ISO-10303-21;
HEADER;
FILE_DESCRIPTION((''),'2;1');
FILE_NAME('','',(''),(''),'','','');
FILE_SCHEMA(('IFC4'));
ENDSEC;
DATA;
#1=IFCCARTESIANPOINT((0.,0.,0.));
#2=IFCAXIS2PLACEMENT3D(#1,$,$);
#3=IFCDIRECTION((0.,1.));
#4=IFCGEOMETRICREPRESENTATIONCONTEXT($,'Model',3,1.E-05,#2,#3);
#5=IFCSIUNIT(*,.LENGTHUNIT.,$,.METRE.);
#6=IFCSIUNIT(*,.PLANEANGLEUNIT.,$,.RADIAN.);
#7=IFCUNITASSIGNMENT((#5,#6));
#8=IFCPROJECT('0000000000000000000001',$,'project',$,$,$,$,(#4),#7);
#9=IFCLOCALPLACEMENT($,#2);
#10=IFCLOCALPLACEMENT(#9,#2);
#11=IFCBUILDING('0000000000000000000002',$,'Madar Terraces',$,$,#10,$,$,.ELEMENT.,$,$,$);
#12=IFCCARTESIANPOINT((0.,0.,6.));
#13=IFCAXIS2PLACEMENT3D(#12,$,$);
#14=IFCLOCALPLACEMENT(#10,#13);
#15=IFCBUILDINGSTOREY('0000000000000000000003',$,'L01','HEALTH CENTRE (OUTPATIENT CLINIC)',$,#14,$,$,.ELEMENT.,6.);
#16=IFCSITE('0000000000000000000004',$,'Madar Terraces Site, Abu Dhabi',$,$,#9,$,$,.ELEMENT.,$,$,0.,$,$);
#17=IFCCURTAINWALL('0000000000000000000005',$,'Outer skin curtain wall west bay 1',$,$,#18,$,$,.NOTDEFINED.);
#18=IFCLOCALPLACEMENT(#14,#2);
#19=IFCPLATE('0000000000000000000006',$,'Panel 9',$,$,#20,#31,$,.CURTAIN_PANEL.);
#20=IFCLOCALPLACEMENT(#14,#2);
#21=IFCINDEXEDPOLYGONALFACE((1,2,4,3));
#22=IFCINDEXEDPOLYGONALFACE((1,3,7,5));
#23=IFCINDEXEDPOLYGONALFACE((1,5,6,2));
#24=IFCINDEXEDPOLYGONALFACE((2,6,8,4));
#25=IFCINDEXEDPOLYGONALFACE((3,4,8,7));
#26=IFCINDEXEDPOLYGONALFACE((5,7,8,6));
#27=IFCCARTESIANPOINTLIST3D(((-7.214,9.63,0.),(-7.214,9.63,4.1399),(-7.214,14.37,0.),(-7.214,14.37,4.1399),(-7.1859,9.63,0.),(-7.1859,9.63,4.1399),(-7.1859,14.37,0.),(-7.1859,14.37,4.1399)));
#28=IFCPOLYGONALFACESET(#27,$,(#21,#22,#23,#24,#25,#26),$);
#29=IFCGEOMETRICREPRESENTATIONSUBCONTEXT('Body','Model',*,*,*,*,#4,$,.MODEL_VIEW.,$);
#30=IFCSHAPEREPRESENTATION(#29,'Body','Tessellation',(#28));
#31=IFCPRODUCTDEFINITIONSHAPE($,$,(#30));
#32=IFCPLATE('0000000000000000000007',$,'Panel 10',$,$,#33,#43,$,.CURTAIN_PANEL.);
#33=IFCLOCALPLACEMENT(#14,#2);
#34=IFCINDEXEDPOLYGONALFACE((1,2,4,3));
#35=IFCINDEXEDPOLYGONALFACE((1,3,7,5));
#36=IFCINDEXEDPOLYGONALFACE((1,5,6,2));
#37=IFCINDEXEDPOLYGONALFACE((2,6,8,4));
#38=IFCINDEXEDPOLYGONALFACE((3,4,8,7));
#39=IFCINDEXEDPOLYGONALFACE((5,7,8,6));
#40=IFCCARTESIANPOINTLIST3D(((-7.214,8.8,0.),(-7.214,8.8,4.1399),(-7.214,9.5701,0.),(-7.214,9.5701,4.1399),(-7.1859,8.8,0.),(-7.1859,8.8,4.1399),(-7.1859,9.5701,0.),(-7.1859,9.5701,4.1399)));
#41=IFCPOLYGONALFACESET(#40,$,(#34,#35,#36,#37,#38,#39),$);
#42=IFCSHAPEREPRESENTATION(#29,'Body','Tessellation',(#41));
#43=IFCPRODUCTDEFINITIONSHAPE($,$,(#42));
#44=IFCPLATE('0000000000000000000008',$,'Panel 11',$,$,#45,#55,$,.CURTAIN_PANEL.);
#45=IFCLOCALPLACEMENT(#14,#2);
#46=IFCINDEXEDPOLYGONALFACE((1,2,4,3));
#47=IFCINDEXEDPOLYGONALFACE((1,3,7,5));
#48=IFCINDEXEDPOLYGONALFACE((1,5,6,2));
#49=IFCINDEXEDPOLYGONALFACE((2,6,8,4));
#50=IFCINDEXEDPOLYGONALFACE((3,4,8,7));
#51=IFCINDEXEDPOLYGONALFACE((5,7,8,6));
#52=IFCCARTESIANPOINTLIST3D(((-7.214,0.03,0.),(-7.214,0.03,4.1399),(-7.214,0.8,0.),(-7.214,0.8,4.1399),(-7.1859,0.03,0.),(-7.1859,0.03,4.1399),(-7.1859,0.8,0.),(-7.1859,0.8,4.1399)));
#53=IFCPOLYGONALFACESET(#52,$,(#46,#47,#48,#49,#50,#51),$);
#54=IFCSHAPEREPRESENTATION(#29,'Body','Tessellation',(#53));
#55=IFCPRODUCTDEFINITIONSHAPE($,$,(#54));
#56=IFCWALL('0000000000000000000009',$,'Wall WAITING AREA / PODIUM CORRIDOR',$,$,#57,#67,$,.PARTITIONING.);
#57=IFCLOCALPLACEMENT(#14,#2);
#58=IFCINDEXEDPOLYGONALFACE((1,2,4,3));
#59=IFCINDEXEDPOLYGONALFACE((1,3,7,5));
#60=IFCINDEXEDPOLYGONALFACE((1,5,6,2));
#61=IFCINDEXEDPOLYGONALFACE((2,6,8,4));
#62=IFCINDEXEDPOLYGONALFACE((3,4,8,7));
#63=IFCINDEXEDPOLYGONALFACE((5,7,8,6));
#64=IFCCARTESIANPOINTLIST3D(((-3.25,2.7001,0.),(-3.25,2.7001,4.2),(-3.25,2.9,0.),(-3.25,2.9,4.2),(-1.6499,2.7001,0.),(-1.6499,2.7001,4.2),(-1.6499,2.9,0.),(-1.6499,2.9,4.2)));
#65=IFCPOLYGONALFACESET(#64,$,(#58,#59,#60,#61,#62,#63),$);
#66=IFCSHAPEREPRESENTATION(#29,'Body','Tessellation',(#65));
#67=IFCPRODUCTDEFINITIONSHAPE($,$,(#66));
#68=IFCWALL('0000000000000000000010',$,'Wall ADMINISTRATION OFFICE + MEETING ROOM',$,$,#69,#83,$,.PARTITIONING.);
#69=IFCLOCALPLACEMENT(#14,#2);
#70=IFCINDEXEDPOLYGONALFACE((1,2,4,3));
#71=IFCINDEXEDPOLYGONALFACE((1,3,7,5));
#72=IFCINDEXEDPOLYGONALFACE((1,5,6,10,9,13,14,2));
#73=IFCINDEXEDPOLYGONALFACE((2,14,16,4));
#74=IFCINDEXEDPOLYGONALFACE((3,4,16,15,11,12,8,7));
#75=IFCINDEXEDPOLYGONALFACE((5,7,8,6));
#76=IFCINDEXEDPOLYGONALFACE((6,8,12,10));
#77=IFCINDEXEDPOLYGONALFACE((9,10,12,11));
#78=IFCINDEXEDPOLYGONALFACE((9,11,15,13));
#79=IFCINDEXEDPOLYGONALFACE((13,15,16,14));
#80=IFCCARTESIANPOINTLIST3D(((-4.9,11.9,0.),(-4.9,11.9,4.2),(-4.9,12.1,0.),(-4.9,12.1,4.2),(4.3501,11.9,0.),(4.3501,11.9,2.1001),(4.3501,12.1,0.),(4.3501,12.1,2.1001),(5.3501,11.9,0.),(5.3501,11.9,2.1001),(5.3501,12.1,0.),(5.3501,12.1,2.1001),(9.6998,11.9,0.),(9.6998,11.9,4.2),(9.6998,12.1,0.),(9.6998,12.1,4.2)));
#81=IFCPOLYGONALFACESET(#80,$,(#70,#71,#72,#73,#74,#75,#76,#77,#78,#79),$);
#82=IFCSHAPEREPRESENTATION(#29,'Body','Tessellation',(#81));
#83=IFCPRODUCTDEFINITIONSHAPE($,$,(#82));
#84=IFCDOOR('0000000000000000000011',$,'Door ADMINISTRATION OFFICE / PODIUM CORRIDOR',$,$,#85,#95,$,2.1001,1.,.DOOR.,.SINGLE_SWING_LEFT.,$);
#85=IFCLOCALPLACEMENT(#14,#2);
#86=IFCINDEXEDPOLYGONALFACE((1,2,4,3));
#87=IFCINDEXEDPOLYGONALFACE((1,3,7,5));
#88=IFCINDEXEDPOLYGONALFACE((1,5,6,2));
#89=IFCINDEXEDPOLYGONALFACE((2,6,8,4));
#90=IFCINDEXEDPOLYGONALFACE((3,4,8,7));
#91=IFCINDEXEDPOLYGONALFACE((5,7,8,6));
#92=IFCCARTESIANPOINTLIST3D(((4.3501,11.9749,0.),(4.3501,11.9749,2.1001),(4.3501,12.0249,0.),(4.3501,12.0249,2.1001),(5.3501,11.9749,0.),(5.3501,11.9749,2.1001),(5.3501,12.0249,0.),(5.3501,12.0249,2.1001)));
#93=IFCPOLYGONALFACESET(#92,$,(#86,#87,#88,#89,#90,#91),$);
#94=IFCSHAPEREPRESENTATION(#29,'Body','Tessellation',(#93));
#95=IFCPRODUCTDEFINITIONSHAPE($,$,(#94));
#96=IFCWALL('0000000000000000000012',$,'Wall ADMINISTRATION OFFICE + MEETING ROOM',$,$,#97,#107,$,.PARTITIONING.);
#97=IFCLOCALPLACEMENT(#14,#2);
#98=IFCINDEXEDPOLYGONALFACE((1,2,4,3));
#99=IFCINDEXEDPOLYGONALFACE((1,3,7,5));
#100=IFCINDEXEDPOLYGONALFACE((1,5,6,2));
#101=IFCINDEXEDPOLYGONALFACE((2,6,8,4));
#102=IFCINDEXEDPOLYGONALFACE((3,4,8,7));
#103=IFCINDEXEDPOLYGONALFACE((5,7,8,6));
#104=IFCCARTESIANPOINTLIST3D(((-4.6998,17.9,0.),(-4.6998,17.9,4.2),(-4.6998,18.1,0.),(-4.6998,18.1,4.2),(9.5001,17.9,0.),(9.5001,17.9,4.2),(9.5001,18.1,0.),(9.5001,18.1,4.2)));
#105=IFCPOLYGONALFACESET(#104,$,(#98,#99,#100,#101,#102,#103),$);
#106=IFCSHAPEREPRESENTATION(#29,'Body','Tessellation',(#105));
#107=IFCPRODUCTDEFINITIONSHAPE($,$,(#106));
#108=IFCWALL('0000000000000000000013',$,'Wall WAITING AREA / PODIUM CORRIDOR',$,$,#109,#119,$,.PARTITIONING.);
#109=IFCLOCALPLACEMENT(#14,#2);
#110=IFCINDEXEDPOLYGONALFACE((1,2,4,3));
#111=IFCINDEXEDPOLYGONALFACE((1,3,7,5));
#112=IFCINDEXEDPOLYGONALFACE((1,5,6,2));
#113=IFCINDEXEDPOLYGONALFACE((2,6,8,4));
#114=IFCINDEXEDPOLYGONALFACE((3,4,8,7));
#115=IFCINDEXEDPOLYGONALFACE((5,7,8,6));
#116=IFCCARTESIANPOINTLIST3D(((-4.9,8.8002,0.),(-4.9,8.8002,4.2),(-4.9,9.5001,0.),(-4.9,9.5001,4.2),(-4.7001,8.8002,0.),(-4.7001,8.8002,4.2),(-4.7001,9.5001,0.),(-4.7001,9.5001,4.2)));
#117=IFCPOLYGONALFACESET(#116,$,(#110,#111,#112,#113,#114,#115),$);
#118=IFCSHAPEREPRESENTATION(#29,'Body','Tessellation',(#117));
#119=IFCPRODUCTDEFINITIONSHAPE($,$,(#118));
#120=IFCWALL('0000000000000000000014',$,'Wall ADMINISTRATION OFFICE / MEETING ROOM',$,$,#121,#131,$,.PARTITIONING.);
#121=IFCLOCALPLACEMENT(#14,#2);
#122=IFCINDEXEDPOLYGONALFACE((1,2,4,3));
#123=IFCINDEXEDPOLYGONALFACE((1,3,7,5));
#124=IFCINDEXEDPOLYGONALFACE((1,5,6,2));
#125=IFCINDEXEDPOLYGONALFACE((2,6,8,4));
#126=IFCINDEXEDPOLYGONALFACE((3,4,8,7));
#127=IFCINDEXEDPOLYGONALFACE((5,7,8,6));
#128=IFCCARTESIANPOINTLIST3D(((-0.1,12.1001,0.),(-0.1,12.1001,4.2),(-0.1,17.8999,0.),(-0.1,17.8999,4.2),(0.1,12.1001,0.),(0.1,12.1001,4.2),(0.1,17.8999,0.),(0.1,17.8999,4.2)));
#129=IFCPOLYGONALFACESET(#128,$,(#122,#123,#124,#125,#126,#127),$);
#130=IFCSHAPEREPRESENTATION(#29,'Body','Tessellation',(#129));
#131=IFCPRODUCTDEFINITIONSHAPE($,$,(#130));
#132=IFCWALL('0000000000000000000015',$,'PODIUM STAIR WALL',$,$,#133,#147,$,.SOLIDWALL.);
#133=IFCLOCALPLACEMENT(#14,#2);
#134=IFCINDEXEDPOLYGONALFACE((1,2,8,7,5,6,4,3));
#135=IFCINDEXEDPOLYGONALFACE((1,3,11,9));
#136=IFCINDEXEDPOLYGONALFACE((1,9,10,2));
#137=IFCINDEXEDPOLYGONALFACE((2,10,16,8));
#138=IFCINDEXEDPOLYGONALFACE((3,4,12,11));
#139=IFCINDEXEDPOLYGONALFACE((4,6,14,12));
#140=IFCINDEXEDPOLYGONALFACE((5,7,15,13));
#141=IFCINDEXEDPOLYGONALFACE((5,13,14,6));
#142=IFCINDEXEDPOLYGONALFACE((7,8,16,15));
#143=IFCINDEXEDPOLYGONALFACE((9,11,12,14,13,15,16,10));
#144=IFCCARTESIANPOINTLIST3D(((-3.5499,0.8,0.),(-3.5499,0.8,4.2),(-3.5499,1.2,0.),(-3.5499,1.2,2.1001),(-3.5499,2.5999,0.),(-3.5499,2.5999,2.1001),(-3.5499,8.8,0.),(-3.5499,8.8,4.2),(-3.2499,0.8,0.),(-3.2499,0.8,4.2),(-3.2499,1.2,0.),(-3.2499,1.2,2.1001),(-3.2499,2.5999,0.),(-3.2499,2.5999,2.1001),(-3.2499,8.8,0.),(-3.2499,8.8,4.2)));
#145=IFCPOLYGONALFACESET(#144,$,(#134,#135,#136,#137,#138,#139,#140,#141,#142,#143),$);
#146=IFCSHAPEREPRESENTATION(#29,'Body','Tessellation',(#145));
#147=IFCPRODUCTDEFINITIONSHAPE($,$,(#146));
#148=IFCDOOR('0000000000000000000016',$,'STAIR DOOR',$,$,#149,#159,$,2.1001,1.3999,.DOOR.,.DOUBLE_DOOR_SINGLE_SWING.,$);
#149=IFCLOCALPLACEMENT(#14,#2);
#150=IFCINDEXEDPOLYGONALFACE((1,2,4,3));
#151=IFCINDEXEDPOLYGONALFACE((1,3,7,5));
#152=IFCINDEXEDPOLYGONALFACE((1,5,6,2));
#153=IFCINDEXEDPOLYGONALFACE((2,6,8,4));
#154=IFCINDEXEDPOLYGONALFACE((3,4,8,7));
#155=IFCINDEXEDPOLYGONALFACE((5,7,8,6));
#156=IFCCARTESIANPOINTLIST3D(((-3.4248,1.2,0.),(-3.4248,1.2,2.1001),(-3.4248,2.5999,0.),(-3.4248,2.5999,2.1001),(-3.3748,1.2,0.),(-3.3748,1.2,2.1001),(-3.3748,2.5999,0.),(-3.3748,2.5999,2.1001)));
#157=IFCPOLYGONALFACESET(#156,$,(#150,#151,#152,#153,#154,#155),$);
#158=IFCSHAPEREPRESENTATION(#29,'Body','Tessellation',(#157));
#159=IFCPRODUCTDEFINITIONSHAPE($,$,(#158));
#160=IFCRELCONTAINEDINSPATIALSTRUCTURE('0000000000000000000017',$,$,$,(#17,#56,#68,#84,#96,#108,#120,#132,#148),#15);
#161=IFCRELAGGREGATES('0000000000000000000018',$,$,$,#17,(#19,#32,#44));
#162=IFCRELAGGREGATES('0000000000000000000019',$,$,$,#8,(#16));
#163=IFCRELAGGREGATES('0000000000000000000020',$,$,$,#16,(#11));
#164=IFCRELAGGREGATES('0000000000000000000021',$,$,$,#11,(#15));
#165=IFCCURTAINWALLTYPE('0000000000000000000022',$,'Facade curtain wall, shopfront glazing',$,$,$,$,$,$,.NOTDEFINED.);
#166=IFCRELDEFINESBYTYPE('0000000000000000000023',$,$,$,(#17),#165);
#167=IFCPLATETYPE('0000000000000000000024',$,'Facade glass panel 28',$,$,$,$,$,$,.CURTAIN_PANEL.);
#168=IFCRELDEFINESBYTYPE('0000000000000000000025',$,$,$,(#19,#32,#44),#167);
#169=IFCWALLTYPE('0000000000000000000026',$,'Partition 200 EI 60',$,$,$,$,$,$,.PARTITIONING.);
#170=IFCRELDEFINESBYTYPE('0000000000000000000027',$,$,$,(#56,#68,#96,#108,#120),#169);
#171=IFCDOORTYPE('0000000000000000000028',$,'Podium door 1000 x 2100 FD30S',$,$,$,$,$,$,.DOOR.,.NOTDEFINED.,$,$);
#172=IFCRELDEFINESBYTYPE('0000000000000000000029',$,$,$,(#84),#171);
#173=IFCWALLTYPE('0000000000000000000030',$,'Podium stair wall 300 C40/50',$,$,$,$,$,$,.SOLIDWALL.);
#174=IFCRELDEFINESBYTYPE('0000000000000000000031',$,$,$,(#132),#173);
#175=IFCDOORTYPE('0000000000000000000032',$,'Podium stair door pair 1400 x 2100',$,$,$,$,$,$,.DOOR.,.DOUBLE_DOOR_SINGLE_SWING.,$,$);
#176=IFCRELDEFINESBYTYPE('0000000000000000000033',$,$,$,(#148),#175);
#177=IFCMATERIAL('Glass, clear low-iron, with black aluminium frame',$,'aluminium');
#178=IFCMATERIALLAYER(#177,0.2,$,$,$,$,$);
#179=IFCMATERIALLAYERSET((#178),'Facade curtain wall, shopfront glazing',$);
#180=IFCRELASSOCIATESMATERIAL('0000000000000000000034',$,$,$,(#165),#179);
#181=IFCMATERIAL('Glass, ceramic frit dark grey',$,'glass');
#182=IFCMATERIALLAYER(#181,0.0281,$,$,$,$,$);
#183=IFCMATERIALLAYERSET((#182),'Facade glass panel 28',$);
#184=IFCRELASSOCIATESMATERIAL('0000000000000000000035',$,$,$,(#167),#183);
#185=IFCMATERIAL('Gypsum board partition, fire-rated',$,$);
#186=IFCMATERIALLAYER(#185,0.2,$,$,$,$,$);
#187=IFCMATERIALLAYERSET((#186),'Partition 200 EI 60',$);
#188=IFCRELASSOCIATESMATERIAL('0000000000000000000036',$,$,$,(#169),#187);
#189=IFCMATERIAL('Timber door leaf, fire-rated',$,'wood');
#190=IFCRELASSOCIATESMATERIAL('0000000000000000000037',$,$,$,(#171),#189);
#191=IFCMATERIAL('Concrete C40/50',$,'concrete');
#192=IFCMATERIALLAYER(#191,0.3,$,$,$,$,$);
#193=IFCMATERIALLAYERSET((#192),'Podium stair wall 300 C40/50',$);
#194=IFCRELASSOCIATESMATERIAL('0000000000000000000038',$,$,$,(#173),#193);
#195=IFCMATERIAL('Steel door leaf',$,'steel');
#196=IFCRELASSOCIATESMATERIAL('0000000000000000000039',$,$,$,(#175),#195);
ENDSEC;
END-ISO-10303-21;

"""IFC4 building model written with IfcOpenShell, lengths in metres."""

from ifc_helpers import new_model, si_unit, direction, frame, frame_2d, origin, origin_2d, place, context, subcontext, project, spatial, rectangle, extrude, material, layer, layer_set, type_object, element, fill, aggregate, save


model = new_model("IFC4")

# Units and contexts
model_context = context("Model", 3, precision=1e-05, world=origin(), true_north=direction((0.0, 1.0)))
body_context = subcontext(model_context, "Body", "Model", "MODEL_VIEW")
ifc_project = project(units=[si_unit("LENGTHUNIT", "METRE"), si_unit("PLANEANGLEUNIT", "RADIAN")], contexts=[model_context])

# Site, building, storey
site_placement = place(None, origin())
site = spatial("IfcSite", under=ifc_project, at=site_placement, Name="Madar Terraces Site, Abu Dhabi", CompositionType="ELEMENT", RefElevation=0.0)
building_placement = place(site_placement, origin())
building = spatial("IfcBuilding", under=site, at=building_placement, Name="Madar Terraces", CompositionType="ELEMENT")
storey_placement = place(building_placement, frame((0.0, 0.0, 6.0)))
storey = spatial("IfcBuildingStorey", under=building, at=storey_placement, Name="L01", Description="HEALTH CENTRE (OUTPATIENT CLINIC)", CompositionType="ELEMENT", Elevation=6.0)

# Curtain wall, plates
ifc_material_1 = material(Name="Glass, clear low-iron, with black aluminium frame", Category="aluminium")
ifc_layer_1 = layer(ifc_material_1, 0.2)
ifc_layer_set_1 = layer_set([ifc_layer_1], Name="Facade curtain wall, shopfront glazing")
curtain_wall_type = type_object("IfcCurtainWallType", Name="Facade curtain wall, shopfront glazing", PredefinedType="NOTDEFINED", material=ifc_layer_set_1)
curtain_wall_placement = place(storey_placement, origin())
curtain_wall = element("IfcCurtainWall", 1, at=curtain_wall_placement, inside=storey, type_object=curtain_wall_type, Name="Outer skin curtain wall west bay 1", PredefinedType="NOTDEFINED")
ifc_material_2 = material(Name="Glass, ceramic frit dark grey", Category="glass")
ifc_layer_2 = layer(ifc_material_2, 0.0281)
ifc_layer_set_2 = layer_set([ifc_layer_2], Name="Facade glass panel 28")
plate_type = type_object("IfcPlateType", Name="Facade glass panel 28", PredefinedType="CURTAIN_PANEL", material=ifc_layer_set_2)
plate_1_placement = place(storey_placement, frame((-7.2, 12.0, 0.0), z_axis=(0.0, 0.0, 1.0), x_axis=(0.0, -1.0, 0.0)))
plate_1 = element("IfcPlate", 2, at=plate_1_placement, type_object=plate_type, Name="Panel 9", PredefinedType="CURTAIN_PANEL", context=body_context, shape_type="SweptSolid", body=[
    extrude(rectangle(XDim=4.74, YDim=0.0281, at=origin_2d()), origin(), (0.0, 0.0, 1.0), 4.1399),
])
plate_2_placement = place(storey_placement, frame((-7.2, 9.1851, 0.0), z_axis=(0.0, 0.0, 1.0), x_axis=(0.0, -1.0, 0.0)))
plate_2 = element("IfcPlate", 3, at=plate_2_placement, type_object=plate_type, Name="Panel 10", PredefinedType="CURTAIN_PANEL", context=body_context, shape_type="SweptSolid", body=[
    extrude(rectangle(XDim=0.77, YDim=0.0281, at=origin_2d()), origin(), (0.0, 0.0, 1.0), 4.1399),
])
plate_3_placement = place(storey_placement, frame((-7.2, 0.415, 0.0), z_axis=(0.0, 0.0, 1.0), x_axis=(0.0, -1.0, 0.0)))
plate_3 = element("IfcPlate", 4, at=plate_3_placement, type_object=plate_type, Name="Panel 11", PredefinedType="CURTAIN_PANEL", context=body_context, shape_type="SweptSolid", body=[
    extrude(rectangle(XDim=0.77, YDim=0.0281, at=origin_2d()), origin(), (0.0, 0.0, 1.0), 4.1399),
])
aggregate(curtain_wall, [plate_1, plate_2, plate_3])

# Wall
ifc_material_3 = material(Name="Gypsum board partition, fire-rated")
ifc_layer_3 = layer(ifc_material_3, 0.2)
ifc_layer_set_3 = layer_set([ifc_layer_3], Name="Partition 200 EI 60")
wall_type_1 = type_object("IfcWallType", Name="Partition 200 EI 60", PredefinedType="PARTITIONING", material=ifc_layer_set_3)
wall_1_placement = place(storey_placement, frame((-3.25, 2.8, 0.0), z_axis=(0.0, 0.0, 1.0), x_axis=(1.0, 0.0, 0.0)))
element("IfcWall", 5, at=wall_1_placement, inside=storey, type_object=wall_type_1, Name="Wall WAITING AREA / PODIUM CORRIDOR", PredefinedType="PARTITIONING", context=body_context, shape_type="SweptSolid", body=[
    extrude(rectangle(XDim=1.6001, YDim=0.2, at=frame_2d((0.8, 0.0))), origin(), (0.0, 0.0, 1.0), 4.2),
])

# Wall, opening, door
wall_2_placement = place(storey_placement, frame((-4.8999, 12.0, 0.0), z_axis=(0.0, 0.0, 1.0), x_axis=(1.0, 0.0, 0.0)))
wall_2 = element("IfcWall", 6, at=wall_2_placement, inside=storey, type_object=wall_type_1, Name="Wall ADMINISTRATION OFFICE + MEETING ROOM", PredefinedType="PARTITIONING", context=body_context, shape_type="SweptSolid", body=[
    extrude(rectangle(XDim=14.5999, YDim=0.2, at=frame_2d((7.2998, 0.0))), origin(), (0.0, 0.0, 1.0), 4.2),
])
opening_1_placement = place(wall_2_placement, frame((9.25, 0.0, 0.0)))
opening_1 = element("IfcOpeningElement", 7, at=opening_1_placement, cuts=wall_2, PredefinedType="OPENING", context=body_context, shape_type="SweptSolid", body=[
    extrude(rectangle(XDim=1.0, YDim=2.1001, at=frame_2d((0.5, 1.05))), frame((0.0, 0.1099, 0.0), z_axis=(0.0, -1.0, 0.0), x_axis=(1.0, 0.0, 0.0)), (0.0, 0.0, 1.0), 0.22),
])
ifc_material_4 = material(Name="Timber door leaf, fire-rated", Category="wood")
door_type_1 = type_object("IfcDoorType", Name="Podium door 1000 x 2100 FD30S", OperationType="NOTDEFINED", PredefinedType="DOOR", material=ifc_material_4)
door_1_placement = place(opening_1_placement, origin())
door_1 = element("IfcDoor", 8, at=door_1_placement, inside=storey, type_object=door_type_1, Name="Door ADMINISTRATION OFFICE / PODIUM CORRIDOR", OperationType="SINGLE_SWING_LEFT", OverallHeight=2.1001, OverallWidth=1.0, PredefinedType="DOOR", context=body_context, shape_type="SweptSolid", body=[
    extrude(rectangle(XDim=1.0, YDim=2.1001, at=frame_2d((0.5, 1.05))), frame((0.0, 0.0249, 0.0), z_axis=(0.0, -1.0, 0.0), x_axis=(1.0, 0.0, 0.0)), (0.0, 0.0, 1.0), 0.05),
])
fill(opening_1, door_1)

# Walls
wall_3_placement = place(storey_placement, frame((-4.7, 18.0, 0.0), z_axis=(0.0, 0.0, 1.0), x_axis=(1.0, 0.0, 0.0)))
element("IfcWall", 9, at=wall_3_placement, inside=storey, type_object=wall_type_1, Name="Wall ADMINISTRATION OFFICE + MEETING ROOM", PredefinedType="PARTITIONING", context=body_context, shape_type="SweptSolid", body=[
    extrude(rectangle(XDim=14.2, YDim=0.2, at=frame_2d((7.1001, 0.0))), origin(), (0.0, 0.0, 1.0), 4.2),
])
wall_4_placement = place(storey_placement, frame((-4.8, 8.8, 0.0), z_axis=(0.0, 0.0, 1.0), x_axis=(0.0, 1.0, 0.0)))
element("IfcWall", 10, at=wall_4_placement, inside=storey, type_object=wall_type_1, Name="Wall WAITING AREA / PODIUM CORRIDOR", PredefinedType="PARTITIONING", context=body_context, shape_type="SweptSolid", body=[
    extrude(rectangle(XDim=0.7, YDim=0.2, at=frame_2d((0.3501, 0.0))), origin(), (0.0, 0.0, 1.0), 4.2),
])
wall_5_placement = place(storey_placement, frame((0.0, 12.1001, 0.0), z_axis=(0.0, 0.0, 1.0), x_axis=(0.0, 1.0, 0.0)))
element("IfcWall", 11, at=wall_5_placement, inside=storey, type_object=wall_type_1, Name="Wall ADMINISTRATION OFFICE / MEETING ROOM", PredefinedType="PARTITIONING", context=body_context, shape_type="SweptSolid", body=[
    extrude(rectangle(XDim=5.7998, YDim=0.2, at=frame_2d((2.8999, 0.0))), origin(), (0.0, 0.0, 1.0), 4.2),
])

# Wall, opening, door
ifc_material_5 = material(Name="Concrete C40/50", Category="concrete")
ifc_layer_4 = layer(ifc_material_5, 0.3)
ifc_layer_set_4 = layer_set([ifc_layer_4], Name="Podium stair wall 300 C40/50")
wall_type_2 = type_object("IfcWallType", Name="Podium stair wall 300 C40/50", PredefinedType="SOLIDWALL", material=ifc_layer_set_4)
wall_6_placement = place(storey_placement, frame((-3.3999, 0.8, 0.0), z_axis=(0.0, 0.0, 1.0), x_axis=(0.0, 1.0, 0.0)))
wall_6 = element("IfcWall", 12, at=wall_6_placement, inside=storey, type_object=wall_type_2, Name="PODIUM STAIR WALL", PredefinedType="SOLIDWALL", context=body_context, shape_type="SweptSolid", body=[
    extrude(rectangle(XDim=8.0, YDim=0.3, at=frame_2d((4.0, 0.0))), origin(), (0.0, 0.0, 1.0), 4.2),
])
opening_2_placement = place(wall_6_placement, frame((0.3999, 0.0, 0.0)))
opening_2 = element("IfcOpeningElement", 13, at=opening_2_placement, cuts=wall_6, PredefinedType="OPENING", context=body_context, shape_type="SweptSolid", body=[
    extrude(rectangle(XDim=1.3999, YDim=2.1001, at=frame_2d((0.7, 1.05))), frame((0.0, 0.1599, 0.0), z_axis=(0.0, -1.0, 0.0), x_axis=(1.0, 0.0, 0.0)), (0.0, 0.0, 1.0), 0.3201),
])
ifc_material_6 = material(Name="Steel door leaf", Category="steel")
door_type_2 = type_object("IfcDoorType", Name="Podium stair door pair 1400 x 2100", OperationType="DOUBLE_DOOR_SINGLE_SWING", PredefinedType="DOOR", material=ifc_material_6)
door_2_placement = place(opening_2_placement, origin())
door_2 = element("IfcDoor", 14, at=door_2_placement, inside=storey, type_object=door_type_2, Name="STAIR DOOR", OperationType="DOUBLE_DOOR_SINGLE_SWING", OverallHeight=2.1001, OverallWidth=1.3999, PredefinedType="DOOR", context=body_context, shape_type="SweptSolid", body=[
    extrude(rectangle(XDim=1.3999, YDim=2.1001, at=frame_2d((0.7, 1.05))), frame((0.0, 0.0249, 0.0), z_axis=(0.0, -1.0, 0.0), x_axis=(1.0, 0.0, 0.0)), (0.0, 0.0, 1.0), 0.05),
])
fill(opening_2, door_2)

save(model, "model.ifc")
